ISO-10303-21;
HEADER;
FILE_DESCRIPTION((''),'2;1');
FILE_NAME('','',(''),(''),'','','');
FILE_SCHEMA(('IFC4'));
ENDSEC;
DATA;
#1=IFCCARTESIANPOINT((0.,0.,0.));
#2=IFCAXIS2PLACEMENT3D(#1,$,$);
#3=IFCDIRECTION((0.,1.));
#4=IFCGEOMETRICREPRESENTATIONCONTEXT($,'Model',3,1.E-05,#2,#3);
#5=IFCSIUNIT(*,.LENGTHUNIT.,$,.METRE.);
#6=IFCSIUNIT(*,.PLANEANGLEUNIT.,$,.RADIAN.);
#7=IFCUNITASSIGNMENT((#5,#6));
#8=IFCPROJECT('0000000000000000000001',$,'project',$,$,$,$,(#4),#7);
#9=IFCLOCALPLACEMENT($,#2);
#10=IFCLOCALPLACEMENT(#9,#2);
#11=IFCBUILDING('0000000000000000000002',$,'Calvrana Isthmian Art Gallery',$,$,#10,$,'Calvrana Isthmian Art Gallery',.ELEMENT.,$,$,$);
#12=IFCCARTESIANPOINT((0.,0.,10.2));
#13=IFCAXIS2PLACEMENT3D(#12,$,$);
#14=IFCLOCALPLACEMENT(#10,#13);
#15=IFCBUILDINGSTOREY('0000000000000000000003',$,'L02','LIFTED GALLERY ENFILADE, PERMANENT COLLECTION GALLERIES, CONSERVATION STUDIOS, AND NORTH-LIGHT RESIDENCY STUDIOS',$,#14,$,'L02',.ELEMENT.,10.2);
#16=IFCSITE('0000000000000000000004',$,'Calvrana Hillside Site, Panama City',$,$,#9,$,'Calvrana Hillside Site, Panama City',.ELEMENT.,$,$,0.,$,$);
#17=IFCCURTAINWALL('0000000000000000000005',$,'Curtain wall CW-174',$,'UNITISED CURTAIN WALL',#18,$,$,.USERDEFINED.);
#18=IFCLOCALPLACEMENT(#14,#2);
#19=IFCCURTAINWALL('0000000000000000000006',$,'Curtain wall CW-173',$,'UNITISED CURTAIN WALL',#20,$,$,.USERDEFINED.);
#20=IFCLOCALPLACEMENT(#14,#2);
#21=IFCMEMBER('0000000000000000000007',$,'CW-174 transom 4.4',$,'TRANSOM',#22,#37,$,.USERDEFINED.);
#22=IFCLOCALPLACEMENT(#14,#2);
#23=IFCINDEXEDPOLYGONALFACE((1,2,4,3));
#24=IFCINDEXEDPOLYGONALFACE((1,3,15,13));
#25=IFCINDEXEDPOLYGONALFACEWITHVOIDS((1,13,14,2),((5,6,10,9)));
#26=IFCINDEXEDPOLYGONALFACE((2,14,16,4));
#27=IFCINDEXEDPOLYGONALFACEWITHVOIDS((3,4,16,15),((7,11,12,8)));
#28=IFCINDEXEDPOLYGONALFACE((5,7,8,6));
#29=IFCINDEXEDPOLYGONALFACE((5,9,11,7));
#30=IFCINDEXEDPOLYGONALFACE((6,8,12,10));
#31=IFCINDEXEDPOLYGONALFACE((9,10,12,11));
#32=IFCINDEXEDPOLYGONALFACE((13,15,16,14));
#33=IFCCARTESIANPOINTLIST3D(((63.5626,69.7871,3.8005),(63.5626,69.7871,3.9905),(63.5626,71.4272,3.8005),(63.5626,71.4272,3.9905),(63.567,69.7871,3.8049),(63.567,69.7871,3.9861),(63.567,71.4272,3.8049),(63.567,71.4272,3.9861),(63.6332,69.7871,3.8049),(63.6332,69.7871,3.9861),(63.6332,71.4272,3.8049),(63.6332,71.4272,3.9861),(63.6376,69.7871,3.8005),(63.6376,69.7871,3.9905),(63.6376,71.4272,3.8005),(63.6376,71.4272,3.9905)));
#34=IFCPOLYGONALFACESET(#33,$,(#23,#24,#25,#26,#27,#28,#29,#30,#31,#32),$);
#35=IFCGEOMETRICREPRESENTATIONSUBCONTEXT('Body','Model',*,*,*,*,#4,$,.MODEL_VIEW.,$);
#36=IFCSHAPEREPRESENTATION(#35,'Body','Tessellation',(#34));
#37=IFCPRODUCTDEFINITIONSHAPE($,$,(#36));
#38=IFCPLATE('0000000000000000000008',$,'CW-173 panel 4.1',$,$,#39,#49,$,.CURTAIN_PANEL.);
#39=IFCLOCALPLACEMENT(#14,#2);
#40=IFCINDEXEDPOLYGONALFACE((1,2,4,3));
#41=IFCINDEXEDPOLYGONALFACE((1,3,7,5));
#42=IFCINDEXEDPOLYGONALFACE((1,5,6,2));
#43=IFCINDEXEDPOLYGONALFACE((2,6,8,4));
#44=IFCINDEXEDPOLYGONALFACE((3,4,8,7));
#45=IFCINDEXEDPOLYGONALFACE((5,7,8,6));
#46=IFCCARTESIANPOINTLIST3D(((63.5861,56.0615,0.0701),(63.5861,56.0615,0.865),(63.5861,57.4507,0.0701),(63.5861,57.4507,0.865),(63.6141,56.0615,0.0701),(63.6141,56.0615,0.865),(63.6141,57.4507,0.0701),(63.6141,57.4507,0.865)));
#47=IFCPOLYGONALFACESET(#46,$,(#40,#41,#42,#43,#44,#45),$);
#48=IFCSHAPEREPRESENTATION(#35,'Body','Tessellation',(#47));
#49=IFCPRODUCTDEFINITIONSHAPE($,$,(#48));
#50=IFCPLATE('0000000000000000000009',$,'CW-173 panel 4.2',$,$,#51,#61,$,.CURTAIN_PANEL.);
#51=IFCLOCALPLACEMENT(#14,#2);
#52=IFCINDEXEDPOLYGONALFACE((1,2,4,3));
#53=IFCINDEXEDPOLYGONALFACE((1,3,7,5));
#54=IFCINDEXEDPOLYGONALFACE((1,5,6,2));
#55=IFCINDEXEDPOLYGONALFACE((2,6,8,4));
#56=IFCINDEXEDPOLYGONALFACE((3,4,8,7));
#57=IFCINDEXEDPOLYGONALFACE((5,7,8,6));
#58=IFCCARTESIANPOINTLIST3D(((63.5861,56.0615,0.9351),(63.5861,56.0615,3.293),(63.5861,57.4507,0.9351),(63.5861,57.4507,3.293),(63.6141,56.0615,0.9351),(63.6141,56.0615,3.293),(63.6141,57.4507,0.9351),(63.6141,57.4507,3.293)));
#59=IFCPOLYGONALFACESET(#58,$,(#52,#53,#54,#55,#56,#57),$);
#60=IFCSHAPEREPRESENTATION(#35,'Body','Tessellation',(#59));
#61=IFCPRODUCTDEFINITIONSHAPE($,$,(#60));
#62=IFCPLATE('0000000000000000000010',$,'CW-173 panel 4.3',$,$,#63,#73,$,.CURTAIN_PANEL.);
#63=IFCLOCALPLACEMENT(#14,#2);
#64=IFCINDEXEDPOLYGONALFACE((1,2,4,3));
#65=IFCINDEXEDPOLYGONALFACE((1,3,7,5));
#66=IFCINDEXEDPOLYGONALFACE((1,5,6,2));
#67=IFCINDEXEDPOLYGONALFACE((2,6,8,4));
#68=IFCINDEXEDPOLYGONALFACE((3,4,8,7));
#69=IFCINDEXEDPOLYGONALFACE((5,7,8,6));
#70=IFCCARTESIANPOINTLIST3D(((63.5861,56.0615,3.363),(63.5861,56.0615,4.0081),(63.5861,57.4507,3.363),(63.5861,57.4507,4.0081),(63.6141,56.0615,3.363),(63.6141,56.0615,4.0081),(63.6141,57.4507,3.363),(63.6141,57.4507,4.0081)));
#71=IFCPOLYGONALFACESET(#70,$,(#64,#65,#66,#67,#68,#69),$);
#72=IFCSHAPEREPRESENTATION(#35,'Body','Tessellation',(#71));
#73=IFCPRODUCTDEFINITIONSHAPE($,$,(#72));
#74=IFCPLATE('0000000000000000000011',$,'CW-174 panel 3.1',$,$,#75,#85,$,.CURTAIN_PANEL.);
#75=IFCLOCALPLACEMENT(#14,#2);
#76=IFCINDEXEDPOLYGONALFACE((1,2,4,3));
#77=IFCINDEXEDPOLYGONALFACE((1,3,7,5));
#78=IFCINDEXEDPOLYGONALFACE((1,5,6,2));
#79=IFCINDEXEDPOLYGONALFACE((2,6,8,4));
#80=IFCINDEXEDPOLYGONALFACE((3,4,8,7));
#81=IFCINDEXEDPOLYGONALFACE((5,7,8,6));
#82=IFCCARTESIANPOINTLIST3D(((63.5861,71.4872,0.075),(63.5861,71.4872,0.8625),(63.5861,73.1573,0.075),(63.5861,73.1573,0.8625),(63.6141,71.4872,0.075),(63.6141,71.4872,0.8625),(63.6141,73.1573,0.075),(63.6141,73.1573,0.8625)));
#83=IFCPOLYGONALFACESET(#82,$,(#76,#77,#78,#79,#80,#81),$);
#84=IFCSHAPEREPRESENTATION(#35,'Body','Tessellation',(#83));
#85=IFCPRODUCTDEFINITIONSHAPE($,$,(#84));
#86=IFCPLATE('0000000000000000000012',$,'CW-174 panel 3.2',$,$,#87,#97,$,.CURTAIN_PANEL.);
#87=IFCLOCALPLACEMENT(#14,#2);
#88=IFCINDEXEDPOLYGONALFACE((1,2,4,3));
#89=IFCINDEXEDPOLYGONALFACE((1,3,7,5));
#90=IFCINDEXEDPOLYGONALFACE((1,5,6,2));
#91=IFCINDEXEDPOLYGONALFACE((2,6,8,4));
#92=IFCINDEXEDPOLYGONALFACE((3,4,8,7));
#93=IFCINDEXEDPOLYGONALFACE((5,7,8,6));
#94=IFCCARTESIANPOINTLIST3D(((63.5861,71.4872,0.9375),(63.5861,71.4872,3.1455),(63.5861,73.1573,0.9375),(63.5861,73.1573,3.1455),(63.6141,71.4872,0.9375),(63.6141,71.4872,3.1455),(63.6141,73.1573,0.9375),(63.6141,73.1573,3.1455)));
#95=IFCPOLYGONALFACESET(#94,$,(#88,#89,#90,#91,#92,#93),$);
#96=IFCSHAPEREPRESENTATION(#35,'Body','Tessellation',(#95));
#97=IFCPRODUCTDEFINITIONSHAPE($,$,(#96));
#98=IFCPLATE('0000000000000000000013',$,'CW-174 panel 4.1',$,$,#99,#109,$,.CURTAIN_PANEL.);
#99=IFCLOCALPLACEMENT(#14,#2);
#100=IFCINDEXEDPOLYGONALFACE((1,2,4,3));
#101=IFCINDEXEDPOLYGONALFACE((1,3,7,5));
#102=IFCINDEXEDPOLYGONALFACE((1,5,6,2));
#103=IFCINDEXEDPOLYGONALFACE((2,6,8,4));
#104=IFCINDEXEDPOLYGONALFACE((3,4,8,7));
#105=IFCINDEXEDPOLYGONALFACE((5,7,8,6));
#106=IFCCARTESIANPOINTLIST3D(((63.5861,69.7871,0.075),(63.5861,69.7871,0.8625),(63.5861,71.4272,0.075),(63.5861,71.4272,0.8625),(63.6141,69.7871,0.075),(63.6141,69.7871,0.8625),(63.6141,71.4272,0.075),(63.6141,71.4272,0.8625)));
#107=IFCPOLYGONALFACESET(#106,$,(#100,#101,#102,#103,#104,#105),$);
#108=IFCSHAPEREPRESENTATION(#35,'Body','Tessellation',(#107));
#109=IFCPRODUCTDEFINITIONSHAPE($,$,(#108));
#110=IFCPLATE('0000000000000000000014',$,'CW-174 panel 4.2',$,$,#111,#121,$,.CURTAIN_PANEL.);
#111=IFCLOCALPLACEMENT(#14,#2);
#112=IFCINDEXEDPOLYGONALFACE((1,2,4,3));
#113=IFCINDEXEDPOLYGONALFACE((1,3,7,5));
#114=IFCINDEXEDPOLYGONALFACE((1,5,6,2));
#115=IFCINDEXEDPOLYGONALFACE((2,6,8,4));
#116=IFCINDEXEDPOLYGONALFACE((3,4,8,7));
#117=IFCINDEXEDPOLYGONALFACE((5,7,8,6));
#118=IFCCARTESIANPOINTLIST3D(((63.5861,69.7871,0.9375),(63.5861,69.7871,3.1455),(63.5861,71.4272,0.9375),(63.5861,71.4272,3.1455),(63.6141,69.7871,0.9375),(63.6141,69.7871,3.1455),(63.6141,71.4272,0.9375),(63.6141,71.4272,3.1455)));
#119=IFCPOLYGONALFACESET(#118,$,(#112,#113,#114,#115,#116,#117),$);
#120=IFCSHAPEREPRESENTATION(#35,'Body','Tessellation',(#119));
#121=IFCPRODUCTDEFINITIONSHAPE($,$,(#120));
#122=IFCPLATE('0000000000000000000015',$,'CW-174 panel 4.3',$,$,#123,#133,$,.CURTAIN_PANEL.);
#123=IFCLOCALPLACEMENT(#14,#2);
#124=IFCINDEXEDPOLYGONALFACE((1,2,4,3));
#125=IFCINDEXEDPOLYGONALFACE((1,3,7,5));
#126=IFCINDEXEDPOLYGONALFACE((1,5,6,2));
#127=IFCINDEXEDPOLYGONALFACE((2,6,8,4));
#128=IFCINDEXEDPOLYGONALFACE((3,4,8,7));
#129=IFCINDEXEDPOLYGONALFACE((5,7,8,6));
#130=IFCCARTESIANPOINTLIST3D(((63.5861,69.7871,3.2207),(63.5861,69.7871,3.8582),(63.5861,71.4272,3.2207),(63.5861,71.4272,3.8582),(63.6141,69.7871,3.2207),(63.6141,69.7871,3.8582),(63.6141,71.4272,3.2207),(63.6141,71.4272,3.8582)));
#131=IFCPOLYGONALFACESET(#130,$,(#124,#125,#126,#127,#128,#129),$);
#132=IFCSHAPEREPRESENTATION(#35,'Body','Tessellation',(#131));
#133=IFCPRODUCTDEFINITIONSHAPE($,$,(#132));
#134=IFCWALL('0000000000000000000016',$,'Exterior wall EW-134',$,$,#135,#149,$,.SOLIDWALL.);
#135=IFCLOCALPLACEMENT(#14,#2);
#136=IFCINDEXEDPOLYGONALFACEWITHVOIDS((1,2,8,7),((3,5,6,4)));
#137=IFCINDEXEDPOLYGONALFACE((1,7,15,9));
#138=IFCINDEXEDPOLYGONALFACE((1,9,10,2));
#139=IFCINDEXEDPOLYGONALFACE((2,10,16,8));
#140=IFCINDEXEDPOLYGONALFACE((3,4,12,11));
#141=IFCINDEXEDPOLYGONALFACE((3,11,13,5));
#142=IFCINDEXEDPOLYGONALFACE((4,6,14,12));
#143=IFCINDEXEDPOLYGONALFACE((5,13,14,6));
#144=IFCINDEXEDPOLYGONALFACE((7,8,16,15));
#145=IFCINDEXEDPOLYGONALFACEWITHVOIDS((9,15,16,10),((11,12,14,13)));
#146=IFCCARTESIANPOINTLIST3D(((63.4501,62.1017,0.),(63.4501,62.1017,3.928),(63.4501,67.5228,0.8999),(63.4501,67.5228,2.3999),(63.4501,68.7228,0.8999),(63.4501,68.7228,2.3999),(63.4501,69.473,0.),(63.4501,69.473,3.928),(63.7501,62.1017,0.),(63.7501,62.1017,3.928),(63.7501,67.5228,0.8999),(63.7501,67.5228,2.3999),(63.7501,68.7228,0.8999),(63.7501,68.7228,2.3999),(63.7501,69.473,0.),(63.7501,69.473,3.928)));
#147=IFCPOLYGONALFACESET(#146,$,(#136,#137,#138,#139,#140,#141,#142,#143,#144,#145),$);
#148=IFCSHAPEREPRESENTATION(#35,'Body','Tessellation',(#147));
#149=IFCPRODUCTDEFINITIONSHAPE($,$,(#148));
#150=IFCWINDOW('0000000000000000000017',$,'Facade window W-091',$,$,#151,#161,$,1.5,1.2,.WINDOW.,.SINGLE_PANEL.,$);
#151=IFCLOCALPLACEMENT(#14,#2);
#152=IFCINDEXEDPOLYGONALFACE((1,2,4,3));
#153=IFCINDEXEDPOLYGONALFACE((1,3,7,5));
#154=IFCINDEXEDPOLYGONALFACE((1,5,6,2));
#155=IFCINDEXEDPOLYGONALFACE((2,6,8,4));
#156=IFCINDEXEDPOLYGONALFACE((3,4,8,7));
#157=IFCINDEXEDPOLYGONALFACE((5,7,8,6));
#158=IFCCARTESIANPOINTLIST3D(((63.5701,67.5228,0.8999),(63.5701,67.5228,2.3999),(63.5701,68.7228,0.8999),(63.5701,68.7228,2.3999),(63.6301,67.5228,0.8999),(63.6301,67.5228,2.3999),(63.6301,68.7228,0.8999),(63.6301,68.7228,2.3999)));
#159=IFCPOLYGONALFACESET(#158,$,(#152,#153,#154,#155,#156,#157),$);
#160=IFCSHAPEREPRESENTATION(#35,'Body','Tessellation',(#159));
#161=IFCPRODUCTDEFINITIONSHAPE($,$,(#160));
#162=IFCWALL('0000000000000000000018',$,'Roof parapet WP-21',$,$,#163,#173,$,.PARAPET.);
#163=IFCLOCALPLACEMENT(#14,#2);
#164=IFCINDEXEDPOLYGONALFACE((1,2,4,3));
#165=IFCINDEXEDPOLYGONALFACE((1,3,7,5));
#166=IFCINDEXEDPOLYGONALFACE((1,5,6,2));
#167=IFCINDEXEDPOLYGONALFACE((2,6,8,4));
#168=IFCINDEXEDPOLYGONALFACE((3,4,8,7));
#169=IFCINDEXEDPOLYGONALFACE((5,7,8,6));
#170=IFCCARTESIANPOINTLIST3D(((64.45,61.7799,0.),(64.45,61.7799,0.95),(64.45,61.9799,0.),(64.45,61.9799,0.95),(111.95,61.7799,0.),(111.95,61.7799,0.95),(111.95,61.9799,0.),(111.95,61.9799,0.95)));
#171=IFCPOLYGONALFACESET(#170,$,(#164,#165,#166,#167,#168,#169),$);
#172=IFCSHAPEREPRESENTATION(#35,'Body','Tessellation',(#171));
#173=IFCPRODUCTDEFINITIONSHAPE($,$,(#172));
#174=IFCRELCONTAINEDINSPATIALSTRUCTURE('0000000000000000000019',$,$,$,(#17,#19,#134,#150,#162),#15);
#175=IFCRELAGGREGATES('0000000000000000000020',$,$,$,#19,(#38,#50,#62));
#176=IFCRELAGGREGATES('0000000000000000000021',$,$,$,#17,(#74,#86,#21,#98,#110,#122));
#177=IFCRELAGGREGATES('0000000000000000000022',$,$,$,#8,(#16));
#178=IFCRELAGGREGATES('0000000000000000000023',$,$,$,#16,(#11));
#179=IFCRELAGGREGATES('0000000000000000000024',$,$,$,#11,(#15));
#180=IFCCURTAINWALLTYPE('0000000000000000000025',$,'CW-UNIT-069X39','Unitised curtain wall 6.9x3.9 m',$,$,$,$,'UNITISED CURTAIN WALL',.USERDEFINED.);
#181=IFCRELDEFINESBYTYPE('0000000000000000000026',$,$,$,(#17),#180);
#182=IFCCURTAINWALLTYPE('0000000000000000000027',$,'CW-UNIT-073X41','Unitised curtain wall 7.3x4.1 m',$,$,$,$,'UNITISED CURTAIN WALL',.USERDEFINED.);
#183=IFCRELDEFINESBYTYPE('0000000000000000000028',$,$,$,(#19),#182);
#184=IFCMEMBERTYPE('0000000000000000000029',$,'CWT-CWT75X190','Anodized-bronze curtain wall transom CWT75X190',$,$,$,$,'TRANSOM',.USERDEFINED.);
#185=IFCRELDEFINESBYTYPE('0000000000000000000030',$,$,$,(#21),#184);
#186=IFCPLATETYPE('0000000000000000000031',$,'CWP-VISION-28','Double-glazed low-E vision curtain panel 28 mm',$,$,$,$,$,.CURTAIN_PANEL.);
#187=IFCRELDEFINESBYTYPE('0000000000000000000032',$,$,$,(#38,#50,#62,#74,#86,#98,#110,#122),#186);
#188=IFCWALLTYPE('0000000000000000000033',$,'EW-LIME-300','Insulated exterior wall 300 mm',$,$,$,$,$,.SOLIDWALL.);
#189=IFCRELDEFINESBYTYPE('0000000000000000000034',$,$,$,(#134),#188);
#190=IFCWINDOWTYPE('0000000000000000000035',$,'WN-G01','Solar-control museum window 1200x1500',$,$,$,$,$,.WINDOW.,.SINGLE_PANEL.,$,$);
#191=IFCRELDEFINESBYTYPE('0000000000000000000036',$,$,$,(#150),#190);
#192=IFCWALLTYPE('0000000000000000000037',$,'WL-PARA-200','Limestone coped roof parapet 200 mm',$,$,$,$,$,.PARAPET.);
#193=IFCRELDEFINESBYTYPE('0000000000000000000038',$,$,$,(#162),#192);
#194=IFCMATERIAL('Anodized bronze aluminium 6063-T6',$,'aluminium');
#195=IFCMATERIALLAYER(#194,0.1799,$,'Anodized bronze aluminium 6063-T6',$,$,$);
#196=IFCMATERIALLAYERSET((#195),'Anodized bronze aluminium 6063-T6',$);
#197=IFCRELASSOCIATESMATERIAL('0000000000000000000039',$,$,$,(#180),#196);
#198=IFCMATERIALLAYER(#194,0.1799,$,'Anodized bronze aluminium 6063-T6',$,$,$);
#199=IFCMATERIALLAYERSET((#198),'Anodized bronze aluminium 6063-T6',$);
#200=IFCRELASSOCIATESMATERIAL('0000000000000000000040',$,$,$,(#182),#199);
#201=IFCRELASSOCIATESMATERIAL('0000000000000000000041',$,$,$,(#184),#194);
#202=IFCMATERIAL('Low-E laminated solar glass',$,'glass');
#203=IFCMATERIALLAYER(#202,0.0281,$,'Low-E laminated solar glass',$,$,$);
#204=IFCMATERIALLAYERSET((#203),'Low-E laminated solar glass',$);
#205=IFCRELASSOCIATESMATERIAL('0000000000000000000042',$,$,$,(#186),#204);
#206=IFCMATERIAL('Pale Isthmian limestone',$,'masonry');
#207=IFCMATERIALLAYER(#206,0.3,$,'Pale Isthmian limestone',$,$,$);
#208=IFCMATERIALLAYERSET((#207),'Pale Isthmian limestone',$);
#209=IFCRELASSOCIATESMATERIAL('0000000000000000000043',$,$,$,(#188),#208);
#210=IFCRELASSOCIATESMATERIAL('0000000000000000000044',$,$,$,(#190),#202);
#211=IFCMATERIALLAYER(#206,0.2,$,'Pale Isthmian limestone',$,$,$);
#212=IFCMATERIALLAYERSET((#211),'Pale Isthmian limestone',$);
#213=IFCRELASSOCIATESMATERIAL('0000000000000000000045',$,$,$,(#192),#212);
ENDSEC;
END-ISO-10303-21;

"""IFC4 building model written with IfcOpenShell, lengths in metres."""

from ifc_helpers import new_model, si_unit, direction, frame, frame_2d, origin, origin_2d, place, context, subcontext, project, spatial, rectangle, hollow_rectangle, extrude, material, layer, layer_set, material_profile, profile_set, type_object, element, fill, aggregate, save


model = new_model("IFC4")

# Units and contexts
model_context = context("Model", 3, precision=1e-05, world=origin(), true_north=direction((0.0, 1.0)))
body_context = subcontext(model_context, "Body", "Model", "MODEL_VIEW")
ifc_project = project(units=[si_unit("LENGTHUNIT", "METRE"), si_unit("PLANEANGLEUNIT", "RADIAN")], contexts=[model_context])

# Site, building, storey
site_placement = place(None, origin())
site = spatial("IfcSite", under=ifc_project, at=site_placement, Name="Calvrana Hillside Site, Panama City", LongName="Calvrana Hillside Site, Panama City", CompositionType="ELEMENT", RefElevation=0.0)
building_placement = place(site_placement, origin())
building = spatial("IfcBuilding", under=site, at=building_placement, Name="Calvrana Isthmian Art Gallery", LongName="Calvrana Isthmian Art Gallery", CompositionType="ELEMENT")
storey_placement = place(building_placement, frame((0.0, 0.0, 10.2)))
storey = spatial("IfcBuildingStorey", under=building, at=storey_placement, Name="L02", Description="LIFTED GALLERY ENFILADE, PERMANENT COLLECTION GALLERIES, CONSERVATION STUDIOS, AND NORTH-LIGHT RESIDENCY STUDIOS", LongName="L02", CompositionType="ELEMENT", Elevation=10.2)

# Curtain walls
ifc_material_1 = material(Name="Anodized bronze aluminium 6063-T6", Category="aluminium")
ifc_layer_1 = layer(ifc_material_1, 0.1799, Name="Anodized bronze aluminium 6063-T6")
ifc_layer_set_1 = layer_set([ifc_layer_1], Name="Anodized bronze aluminium 6063-T6")
curtain_wall_type_1 = type_object("IfcCurtainWallType", Name="CW-UNIT-069X39", Description="Unitised curtain wall 6.9x3.9 m", ElementType="UNITISED CURTAIN WALL", PredefinedType="USERDEFINED", material=ifc_layer_set_1)
curtain_wall_1_placement = place(storey_placement, origin())
curtain_wall_1 = element("IfcCurtainWall", 1, at=curtain_wall_1_placement, inside=storey, type_object=curtain_wall_type_1, Name="Curtain wall CW-174", ObjectType="UNITISED CURTAIN WALL", PredefinedType="USERDEFINED")
ifc_layer_2 = layer(ifc_material_1, 0.1799, Name="Anodized bronze aluminium 6063-T6")
ifc_layer_set_2 = layer_set([ifc_layer_2], Name="Anodized bronze aluminium 6063-T6")
curtain_wall_type_2 = type_object("IfcCurtainWallType", Name="CW-UNIT-073X41", Description="Unitised curtain wall 7.3x4.1 m", ElementType="UNITISED CURTAIN WALL", PredefinedType="USERDEFINED", material=ifc_layer_set_2)
curtain_wall_2_placement = place(storey_placement, origin())
curtain_wall_2 = element("IfcCurtainWall", 2, at=curtain_wall_2_placement, inside=storey, type_object=curtain_wall_type_2, Name="Curtain wall CW-173", ObjectType="UNITISED CURTAIN WALL", PredefinedType="USERDEFINED")

# Member
ifc_material_profile_1 = material_profile(ifc_material_1, hollow_rectangle(XDim=0.075, YDim=0.1899, WallThickness=0.0044, at=origin_2d()), Name="CWT75X190")
ifc_profile_set_1 = profile_set([ifc_material_profile_1], Name="Anodized bronze aluminium 6063-T6")
member_type_1 = type_object("IfcMemberType", Name="CWT-CWT75X190", Description="Anodized-bronze curtain wall transom CWT75X190", ElementType="TRANSOM", PredefinedType="USERDEFINED", material=ifc_profile_set_1)
member_1_placement = place(storey_placement, frame((63.6001, 71.4272, 3.8955), z_axis=(0.0, -1.0, 0.0), x_axis=(1.0, 0.0, 0.0)))
member_1 = element("IfcMember", 3, at=member_1_placement, type_object=member_type_1, Name="CW-174 transom 4.4", ObjectType="TRANSOM", PredefinedType="USERDEFINED", context=body_context, shape_type="SweptSolid", body=[
    extrude(hollow_rectangle(XDim=0.075, YDim=0.1899, WallThickness=0.0044, at=origin_2d()), origin(), (0.0, 0.0, 1.0), 1.6401),
])

# Plates
ifc_material_2 = material(Name="Low-E laminated solar glass", Category="glass")
ifc_layer_3 = layer(ifc_material_2, 0.0281, Name="Low-E laminated solar glass")
ifc_layer_set_3 = layer_set([ifc_layer_3], Name="Low-E laminated solar glass")
plate_type = type_object("IfcPlateType", Name="CWP-VISION-28", Description="Double-glazed low-E vision curtain panel 28 mm", PredefinedType="CURTAIN_PANEL", material=ifc_layer_set_3)
plate_1_placement = place(storey_placement, frame((63.6001, 56.7561, 0.0701), z_axis=(0.0, 0.0, 1.0), x_axis=(0.0, -1.0, 0.0)))
plate_1 = element("IfcPlate", 4, at=plate_1_placement, type_object=plate_type, Name="CW-173 panel 4.1", PredefinedType="CURTAIN_PANEL", context=body_context, shape_type="SweptSolid", body=[
    extrude(rectangle(XDim=1.3892, YDim=0.0281, at=origin_2d()), origin(), (0.0, 0.0, 1.0), 0.7949),
])
plate_2_placement = place(storey_placement, frame((63.6001, 56.7561, 0.9351), z_axis=(0.0, 0.0, 1.0), x_axis=(0.0, -1.0, 0.0)))
plate_2 = element("IfcPlate", 5, at=plate_2_placement, type_object=plate_type, Name="CW-173 panel 4.2", PredefinedType="CURTAIN_PANEL", context=body_context, shape_type="SweptSolid", body=[
    extrude(rectangle(XDim=1.3892, YDim=0.0281, at=origin_2d()), origin(), (0.0, 0.0, 1.0), 2.3579),
])
plate_3_placement = place(storey_placement, frame((63.6001, 56.7561, 3.363), z_axis=(0.0, 0.0, 1.0), x_axis=(0.0, -1.0, 0.0)))
plate_3 = element("IfcPlate", 6, at=plate_3_placement, type_object=plate_type, Name="CW-173 panel 4.3", PredefinedType="CURTAIN_PANEL", context=body_context, shape_type="SweptSolid", body=[
    extrude(rectangle(XDim=1.3892, YDim=0.0281, at=origin_2d()), origin(), (0.0, 0.0, 1.0), 0.645),
])
aggregate(curtain_wall_2, [plate_1, plate_2, plate_3])
plate_4_placement = place(storey_placement, frame((63.6001, 72.3223, 0.075), z_axis=(0.0, 0.0, 1.0), x_axis=(0.0, -1.0, 0.0)))
plate_4 = element("IfcPlate", 7, at=plate_4_placement, type_object=plate_type, Name="CW-174 panel 3.1", PredefinedType="CURTAIN_PANEL", context=body_context, shape_type="SweptSolid", body=[
    extrude(rectangle(XDim=1.6702, YDim=0.0281, at=origin_2d()), origin(), (0.0, 0.0, 1.0), 0.7876),
])
plate_5_placement = place(storey_placement, frame((63.6001, 72.3223, 0.9375), z_axis=(0.0, 0.0, 1.0), x_axis=(0.0, -1.0, 0.0)))
plate_5 = element("IfcPlate", 8, at=plate_5_placement, type_object=plate_type, Name="CW-174 panel 3.2", PredefinedType="CURTAIN_PANEL", context=body_context, shape_type="SweptSolid", body=[
    extrude(rectangle(XDim=1.6702, YDim=0.0281, at=origin_2d()), origin(), (0.0, 0.0, 1.0), 2.208),
])
plate_6_placement = place(storey_placement, frame((63.6001, 70.6072, 0.075), z_axis=(0.0, 0.0, 1.0), x_axis=(0.0, -1.0, 0.0)))
plate_6 = element("IfcPlate", 9, at=plate_6_placement, type_object=plate_type, Name="CW-174 panel 4.1", PredefinedType="CURTAIN_PANEL", context=body_context, shape_type="SweptSolid", body=[
    extrude(rectangle(XDim=1.6401, YDim=0.0281, at=origin_2d()), origin(), (0.0, 0.0, 1.0), 0.7876),
])
plate_7_placement = place(storey_placement, frame((63.6001, 70.6072, 0.9375), z_axis=(0.0, 0.0, 1.0), x_axis=(0.0, -1.0, 0.0)))
plate_7 = element("IfcPlate", 10, at=plate_7_placement, type_object=plate_type, Name="CW-174 panel 4.2", PredefinedType="CURTAIN_PANEL", context=body_context, shape_type="SweptSolid", body=[
    extrude(rectangle(XDim=1.6401, YDim=0.0281, at=origin_2d()), origin(), (0.0, 0.0, 1.0), 2.208),
])
plate_8_placement = place(storey_placement, frame((63.6001, 70.6072, 3.2207), z_axis=(0.0, 0.0, 1.0), x_axis=(0.0, -1.0, 0.0)))
plate_8 = element("IfcPlate", 11, at=plate_8_placement, type_object=plate_type, Name="CW-174 panel 4.3", PredefinedType="CURTAIN_PANEL", context=body_context, shape_type="SweptSolid", body=[
    extrude(rectangle(XDim=1.6401, YDim=0.0281, at=origin_2d()), origin(), (0.0, 0.0, 1.0), 0.6375),
])
aggregate(curtain_wall_1, [plate_4, plate_5, member_1, plate_6, plate_7, plate_8])

# Wall, opening, window
ifc_material_3 = material(Name="Pale Isthmian limestone", Category="masonry")
ifc_layer_4 = layer(ifc_material_3, 0.3, Name="Pale Isthmian limestone")
ifc_layer_set_4 = layer_set([ifc_layer_4], Name="Pale Isthmian limestone")
wall_type_1 = type_object("IfcWallType", Name="EW-LIME-300", Description="Insulated exterior wall 300 mm", PredefinedType="SOLIDWALL", material=ifc_layer_set_4)
wall_1_placement = place(storey_placement, frame((63.6001, 69.4729, 0.0), z_axis=(0.0, 0.0, 1.0), x_axis=(0.0, -1.0, 0.0)))
wall_1 = element("IfcWall", 12, at=wall_1_placement, inside=storey, type_object=wall_type_1, Name="Exterior wall EW-134", PredefinedType="SOLIDWALL", context=body_context, shape_type="SweptSolid", body=[
    extrude(rectangle(XDim=7.3713, YDim=0.3, at=frame_2d((3.6855, 0.0))), origin(), (0.0, 0.0, 1.0), 3.928),
])
opening_placement = place(wall_1_placement, frame((0.75, 0.0, 0.8999)))
opening = element("IfcOpeningElement", 13, at=opening_placement, cuts=wall_1, PredefinedType="OPENING", context=body_context, shape_type="SweptSolid", body=[
    extrude(rectangle(XDim=1.2, YDim=1.5, at=frame_2d((0.6001, 0.75))), frame((0.0, 0.1602, 0.0), z_axis=(0.0, -1.0, 0.0), x_axis=(1.0, 0.0, 0.0)), (0.0, 0.0, 1.0), 0.3206),
])
window_type = type_object("IfcWindowType", Name="WN-G01", Description="Solar-control museum window 1200x1500", PartitioningType="SINGLE_PANEL", PredefinedType="WINDOW", material=ifc_material_2)
window_placement = place(opening_placement, origin())
window = element("IfcWindow", 14, at=window_placement, inside=storey, type_object=window_type, Name="Facade window W-091", OverallHeight=1.5, OverallWidth=1.2, PartitioningType="SINGLE_PANEL", PredefinedType="WINDOW", context=body_context, shape_type="SweptSolid", body=[
    extrude(rectangle(XDim=1.2, YDim=1.5, at=frame_2d((0.6001, 0.75))), frame((0.0, 0.03, 0.0), z_axis=(0.0, -1.0, 0.0), x_axis=(1.0, 0.0, 0.0)), (0.0, 0.0, 1.0), 0.0601),
])
fill(opening, window)

# Wall
ifc_layer_5 = layer(ifc_material_3, 0.2, Name="Pale Isthmian limestone")
ifc_layer_set_5 = layer_set([ifc_layer_5], Name="Pale Isthmian limestone")
wall_type_2 = type_object("IfcWallType", Name="WL-PARA-200", Description="Limestone coped roof parapet 200 mm", PredefinedType="PARAPET", material=ifc_layer_set_5)
wall_2_placement = place(storey_placement, frame((64.45, 61.8799, 0.0), z_axis=(0.0, 0.0, 1.0), x_axis=(1.0, 0.0, 0.0)))
element("IfcWall", 15, at=wall_2_placement, inside=storey, type_object=wall_type_2, Name="Roof parapet WP-21", PredefinedType="PARAPET", context=body_context, shape_type="SweptSolid", body=[
    extrude(rectangle(XDim=47.5, YDim=0.2, at=frame_2d((23.75, 0.0))), origin(), (0.0, 0.0, 1.0), 0.95),
])

save(model, "model.ifc")
